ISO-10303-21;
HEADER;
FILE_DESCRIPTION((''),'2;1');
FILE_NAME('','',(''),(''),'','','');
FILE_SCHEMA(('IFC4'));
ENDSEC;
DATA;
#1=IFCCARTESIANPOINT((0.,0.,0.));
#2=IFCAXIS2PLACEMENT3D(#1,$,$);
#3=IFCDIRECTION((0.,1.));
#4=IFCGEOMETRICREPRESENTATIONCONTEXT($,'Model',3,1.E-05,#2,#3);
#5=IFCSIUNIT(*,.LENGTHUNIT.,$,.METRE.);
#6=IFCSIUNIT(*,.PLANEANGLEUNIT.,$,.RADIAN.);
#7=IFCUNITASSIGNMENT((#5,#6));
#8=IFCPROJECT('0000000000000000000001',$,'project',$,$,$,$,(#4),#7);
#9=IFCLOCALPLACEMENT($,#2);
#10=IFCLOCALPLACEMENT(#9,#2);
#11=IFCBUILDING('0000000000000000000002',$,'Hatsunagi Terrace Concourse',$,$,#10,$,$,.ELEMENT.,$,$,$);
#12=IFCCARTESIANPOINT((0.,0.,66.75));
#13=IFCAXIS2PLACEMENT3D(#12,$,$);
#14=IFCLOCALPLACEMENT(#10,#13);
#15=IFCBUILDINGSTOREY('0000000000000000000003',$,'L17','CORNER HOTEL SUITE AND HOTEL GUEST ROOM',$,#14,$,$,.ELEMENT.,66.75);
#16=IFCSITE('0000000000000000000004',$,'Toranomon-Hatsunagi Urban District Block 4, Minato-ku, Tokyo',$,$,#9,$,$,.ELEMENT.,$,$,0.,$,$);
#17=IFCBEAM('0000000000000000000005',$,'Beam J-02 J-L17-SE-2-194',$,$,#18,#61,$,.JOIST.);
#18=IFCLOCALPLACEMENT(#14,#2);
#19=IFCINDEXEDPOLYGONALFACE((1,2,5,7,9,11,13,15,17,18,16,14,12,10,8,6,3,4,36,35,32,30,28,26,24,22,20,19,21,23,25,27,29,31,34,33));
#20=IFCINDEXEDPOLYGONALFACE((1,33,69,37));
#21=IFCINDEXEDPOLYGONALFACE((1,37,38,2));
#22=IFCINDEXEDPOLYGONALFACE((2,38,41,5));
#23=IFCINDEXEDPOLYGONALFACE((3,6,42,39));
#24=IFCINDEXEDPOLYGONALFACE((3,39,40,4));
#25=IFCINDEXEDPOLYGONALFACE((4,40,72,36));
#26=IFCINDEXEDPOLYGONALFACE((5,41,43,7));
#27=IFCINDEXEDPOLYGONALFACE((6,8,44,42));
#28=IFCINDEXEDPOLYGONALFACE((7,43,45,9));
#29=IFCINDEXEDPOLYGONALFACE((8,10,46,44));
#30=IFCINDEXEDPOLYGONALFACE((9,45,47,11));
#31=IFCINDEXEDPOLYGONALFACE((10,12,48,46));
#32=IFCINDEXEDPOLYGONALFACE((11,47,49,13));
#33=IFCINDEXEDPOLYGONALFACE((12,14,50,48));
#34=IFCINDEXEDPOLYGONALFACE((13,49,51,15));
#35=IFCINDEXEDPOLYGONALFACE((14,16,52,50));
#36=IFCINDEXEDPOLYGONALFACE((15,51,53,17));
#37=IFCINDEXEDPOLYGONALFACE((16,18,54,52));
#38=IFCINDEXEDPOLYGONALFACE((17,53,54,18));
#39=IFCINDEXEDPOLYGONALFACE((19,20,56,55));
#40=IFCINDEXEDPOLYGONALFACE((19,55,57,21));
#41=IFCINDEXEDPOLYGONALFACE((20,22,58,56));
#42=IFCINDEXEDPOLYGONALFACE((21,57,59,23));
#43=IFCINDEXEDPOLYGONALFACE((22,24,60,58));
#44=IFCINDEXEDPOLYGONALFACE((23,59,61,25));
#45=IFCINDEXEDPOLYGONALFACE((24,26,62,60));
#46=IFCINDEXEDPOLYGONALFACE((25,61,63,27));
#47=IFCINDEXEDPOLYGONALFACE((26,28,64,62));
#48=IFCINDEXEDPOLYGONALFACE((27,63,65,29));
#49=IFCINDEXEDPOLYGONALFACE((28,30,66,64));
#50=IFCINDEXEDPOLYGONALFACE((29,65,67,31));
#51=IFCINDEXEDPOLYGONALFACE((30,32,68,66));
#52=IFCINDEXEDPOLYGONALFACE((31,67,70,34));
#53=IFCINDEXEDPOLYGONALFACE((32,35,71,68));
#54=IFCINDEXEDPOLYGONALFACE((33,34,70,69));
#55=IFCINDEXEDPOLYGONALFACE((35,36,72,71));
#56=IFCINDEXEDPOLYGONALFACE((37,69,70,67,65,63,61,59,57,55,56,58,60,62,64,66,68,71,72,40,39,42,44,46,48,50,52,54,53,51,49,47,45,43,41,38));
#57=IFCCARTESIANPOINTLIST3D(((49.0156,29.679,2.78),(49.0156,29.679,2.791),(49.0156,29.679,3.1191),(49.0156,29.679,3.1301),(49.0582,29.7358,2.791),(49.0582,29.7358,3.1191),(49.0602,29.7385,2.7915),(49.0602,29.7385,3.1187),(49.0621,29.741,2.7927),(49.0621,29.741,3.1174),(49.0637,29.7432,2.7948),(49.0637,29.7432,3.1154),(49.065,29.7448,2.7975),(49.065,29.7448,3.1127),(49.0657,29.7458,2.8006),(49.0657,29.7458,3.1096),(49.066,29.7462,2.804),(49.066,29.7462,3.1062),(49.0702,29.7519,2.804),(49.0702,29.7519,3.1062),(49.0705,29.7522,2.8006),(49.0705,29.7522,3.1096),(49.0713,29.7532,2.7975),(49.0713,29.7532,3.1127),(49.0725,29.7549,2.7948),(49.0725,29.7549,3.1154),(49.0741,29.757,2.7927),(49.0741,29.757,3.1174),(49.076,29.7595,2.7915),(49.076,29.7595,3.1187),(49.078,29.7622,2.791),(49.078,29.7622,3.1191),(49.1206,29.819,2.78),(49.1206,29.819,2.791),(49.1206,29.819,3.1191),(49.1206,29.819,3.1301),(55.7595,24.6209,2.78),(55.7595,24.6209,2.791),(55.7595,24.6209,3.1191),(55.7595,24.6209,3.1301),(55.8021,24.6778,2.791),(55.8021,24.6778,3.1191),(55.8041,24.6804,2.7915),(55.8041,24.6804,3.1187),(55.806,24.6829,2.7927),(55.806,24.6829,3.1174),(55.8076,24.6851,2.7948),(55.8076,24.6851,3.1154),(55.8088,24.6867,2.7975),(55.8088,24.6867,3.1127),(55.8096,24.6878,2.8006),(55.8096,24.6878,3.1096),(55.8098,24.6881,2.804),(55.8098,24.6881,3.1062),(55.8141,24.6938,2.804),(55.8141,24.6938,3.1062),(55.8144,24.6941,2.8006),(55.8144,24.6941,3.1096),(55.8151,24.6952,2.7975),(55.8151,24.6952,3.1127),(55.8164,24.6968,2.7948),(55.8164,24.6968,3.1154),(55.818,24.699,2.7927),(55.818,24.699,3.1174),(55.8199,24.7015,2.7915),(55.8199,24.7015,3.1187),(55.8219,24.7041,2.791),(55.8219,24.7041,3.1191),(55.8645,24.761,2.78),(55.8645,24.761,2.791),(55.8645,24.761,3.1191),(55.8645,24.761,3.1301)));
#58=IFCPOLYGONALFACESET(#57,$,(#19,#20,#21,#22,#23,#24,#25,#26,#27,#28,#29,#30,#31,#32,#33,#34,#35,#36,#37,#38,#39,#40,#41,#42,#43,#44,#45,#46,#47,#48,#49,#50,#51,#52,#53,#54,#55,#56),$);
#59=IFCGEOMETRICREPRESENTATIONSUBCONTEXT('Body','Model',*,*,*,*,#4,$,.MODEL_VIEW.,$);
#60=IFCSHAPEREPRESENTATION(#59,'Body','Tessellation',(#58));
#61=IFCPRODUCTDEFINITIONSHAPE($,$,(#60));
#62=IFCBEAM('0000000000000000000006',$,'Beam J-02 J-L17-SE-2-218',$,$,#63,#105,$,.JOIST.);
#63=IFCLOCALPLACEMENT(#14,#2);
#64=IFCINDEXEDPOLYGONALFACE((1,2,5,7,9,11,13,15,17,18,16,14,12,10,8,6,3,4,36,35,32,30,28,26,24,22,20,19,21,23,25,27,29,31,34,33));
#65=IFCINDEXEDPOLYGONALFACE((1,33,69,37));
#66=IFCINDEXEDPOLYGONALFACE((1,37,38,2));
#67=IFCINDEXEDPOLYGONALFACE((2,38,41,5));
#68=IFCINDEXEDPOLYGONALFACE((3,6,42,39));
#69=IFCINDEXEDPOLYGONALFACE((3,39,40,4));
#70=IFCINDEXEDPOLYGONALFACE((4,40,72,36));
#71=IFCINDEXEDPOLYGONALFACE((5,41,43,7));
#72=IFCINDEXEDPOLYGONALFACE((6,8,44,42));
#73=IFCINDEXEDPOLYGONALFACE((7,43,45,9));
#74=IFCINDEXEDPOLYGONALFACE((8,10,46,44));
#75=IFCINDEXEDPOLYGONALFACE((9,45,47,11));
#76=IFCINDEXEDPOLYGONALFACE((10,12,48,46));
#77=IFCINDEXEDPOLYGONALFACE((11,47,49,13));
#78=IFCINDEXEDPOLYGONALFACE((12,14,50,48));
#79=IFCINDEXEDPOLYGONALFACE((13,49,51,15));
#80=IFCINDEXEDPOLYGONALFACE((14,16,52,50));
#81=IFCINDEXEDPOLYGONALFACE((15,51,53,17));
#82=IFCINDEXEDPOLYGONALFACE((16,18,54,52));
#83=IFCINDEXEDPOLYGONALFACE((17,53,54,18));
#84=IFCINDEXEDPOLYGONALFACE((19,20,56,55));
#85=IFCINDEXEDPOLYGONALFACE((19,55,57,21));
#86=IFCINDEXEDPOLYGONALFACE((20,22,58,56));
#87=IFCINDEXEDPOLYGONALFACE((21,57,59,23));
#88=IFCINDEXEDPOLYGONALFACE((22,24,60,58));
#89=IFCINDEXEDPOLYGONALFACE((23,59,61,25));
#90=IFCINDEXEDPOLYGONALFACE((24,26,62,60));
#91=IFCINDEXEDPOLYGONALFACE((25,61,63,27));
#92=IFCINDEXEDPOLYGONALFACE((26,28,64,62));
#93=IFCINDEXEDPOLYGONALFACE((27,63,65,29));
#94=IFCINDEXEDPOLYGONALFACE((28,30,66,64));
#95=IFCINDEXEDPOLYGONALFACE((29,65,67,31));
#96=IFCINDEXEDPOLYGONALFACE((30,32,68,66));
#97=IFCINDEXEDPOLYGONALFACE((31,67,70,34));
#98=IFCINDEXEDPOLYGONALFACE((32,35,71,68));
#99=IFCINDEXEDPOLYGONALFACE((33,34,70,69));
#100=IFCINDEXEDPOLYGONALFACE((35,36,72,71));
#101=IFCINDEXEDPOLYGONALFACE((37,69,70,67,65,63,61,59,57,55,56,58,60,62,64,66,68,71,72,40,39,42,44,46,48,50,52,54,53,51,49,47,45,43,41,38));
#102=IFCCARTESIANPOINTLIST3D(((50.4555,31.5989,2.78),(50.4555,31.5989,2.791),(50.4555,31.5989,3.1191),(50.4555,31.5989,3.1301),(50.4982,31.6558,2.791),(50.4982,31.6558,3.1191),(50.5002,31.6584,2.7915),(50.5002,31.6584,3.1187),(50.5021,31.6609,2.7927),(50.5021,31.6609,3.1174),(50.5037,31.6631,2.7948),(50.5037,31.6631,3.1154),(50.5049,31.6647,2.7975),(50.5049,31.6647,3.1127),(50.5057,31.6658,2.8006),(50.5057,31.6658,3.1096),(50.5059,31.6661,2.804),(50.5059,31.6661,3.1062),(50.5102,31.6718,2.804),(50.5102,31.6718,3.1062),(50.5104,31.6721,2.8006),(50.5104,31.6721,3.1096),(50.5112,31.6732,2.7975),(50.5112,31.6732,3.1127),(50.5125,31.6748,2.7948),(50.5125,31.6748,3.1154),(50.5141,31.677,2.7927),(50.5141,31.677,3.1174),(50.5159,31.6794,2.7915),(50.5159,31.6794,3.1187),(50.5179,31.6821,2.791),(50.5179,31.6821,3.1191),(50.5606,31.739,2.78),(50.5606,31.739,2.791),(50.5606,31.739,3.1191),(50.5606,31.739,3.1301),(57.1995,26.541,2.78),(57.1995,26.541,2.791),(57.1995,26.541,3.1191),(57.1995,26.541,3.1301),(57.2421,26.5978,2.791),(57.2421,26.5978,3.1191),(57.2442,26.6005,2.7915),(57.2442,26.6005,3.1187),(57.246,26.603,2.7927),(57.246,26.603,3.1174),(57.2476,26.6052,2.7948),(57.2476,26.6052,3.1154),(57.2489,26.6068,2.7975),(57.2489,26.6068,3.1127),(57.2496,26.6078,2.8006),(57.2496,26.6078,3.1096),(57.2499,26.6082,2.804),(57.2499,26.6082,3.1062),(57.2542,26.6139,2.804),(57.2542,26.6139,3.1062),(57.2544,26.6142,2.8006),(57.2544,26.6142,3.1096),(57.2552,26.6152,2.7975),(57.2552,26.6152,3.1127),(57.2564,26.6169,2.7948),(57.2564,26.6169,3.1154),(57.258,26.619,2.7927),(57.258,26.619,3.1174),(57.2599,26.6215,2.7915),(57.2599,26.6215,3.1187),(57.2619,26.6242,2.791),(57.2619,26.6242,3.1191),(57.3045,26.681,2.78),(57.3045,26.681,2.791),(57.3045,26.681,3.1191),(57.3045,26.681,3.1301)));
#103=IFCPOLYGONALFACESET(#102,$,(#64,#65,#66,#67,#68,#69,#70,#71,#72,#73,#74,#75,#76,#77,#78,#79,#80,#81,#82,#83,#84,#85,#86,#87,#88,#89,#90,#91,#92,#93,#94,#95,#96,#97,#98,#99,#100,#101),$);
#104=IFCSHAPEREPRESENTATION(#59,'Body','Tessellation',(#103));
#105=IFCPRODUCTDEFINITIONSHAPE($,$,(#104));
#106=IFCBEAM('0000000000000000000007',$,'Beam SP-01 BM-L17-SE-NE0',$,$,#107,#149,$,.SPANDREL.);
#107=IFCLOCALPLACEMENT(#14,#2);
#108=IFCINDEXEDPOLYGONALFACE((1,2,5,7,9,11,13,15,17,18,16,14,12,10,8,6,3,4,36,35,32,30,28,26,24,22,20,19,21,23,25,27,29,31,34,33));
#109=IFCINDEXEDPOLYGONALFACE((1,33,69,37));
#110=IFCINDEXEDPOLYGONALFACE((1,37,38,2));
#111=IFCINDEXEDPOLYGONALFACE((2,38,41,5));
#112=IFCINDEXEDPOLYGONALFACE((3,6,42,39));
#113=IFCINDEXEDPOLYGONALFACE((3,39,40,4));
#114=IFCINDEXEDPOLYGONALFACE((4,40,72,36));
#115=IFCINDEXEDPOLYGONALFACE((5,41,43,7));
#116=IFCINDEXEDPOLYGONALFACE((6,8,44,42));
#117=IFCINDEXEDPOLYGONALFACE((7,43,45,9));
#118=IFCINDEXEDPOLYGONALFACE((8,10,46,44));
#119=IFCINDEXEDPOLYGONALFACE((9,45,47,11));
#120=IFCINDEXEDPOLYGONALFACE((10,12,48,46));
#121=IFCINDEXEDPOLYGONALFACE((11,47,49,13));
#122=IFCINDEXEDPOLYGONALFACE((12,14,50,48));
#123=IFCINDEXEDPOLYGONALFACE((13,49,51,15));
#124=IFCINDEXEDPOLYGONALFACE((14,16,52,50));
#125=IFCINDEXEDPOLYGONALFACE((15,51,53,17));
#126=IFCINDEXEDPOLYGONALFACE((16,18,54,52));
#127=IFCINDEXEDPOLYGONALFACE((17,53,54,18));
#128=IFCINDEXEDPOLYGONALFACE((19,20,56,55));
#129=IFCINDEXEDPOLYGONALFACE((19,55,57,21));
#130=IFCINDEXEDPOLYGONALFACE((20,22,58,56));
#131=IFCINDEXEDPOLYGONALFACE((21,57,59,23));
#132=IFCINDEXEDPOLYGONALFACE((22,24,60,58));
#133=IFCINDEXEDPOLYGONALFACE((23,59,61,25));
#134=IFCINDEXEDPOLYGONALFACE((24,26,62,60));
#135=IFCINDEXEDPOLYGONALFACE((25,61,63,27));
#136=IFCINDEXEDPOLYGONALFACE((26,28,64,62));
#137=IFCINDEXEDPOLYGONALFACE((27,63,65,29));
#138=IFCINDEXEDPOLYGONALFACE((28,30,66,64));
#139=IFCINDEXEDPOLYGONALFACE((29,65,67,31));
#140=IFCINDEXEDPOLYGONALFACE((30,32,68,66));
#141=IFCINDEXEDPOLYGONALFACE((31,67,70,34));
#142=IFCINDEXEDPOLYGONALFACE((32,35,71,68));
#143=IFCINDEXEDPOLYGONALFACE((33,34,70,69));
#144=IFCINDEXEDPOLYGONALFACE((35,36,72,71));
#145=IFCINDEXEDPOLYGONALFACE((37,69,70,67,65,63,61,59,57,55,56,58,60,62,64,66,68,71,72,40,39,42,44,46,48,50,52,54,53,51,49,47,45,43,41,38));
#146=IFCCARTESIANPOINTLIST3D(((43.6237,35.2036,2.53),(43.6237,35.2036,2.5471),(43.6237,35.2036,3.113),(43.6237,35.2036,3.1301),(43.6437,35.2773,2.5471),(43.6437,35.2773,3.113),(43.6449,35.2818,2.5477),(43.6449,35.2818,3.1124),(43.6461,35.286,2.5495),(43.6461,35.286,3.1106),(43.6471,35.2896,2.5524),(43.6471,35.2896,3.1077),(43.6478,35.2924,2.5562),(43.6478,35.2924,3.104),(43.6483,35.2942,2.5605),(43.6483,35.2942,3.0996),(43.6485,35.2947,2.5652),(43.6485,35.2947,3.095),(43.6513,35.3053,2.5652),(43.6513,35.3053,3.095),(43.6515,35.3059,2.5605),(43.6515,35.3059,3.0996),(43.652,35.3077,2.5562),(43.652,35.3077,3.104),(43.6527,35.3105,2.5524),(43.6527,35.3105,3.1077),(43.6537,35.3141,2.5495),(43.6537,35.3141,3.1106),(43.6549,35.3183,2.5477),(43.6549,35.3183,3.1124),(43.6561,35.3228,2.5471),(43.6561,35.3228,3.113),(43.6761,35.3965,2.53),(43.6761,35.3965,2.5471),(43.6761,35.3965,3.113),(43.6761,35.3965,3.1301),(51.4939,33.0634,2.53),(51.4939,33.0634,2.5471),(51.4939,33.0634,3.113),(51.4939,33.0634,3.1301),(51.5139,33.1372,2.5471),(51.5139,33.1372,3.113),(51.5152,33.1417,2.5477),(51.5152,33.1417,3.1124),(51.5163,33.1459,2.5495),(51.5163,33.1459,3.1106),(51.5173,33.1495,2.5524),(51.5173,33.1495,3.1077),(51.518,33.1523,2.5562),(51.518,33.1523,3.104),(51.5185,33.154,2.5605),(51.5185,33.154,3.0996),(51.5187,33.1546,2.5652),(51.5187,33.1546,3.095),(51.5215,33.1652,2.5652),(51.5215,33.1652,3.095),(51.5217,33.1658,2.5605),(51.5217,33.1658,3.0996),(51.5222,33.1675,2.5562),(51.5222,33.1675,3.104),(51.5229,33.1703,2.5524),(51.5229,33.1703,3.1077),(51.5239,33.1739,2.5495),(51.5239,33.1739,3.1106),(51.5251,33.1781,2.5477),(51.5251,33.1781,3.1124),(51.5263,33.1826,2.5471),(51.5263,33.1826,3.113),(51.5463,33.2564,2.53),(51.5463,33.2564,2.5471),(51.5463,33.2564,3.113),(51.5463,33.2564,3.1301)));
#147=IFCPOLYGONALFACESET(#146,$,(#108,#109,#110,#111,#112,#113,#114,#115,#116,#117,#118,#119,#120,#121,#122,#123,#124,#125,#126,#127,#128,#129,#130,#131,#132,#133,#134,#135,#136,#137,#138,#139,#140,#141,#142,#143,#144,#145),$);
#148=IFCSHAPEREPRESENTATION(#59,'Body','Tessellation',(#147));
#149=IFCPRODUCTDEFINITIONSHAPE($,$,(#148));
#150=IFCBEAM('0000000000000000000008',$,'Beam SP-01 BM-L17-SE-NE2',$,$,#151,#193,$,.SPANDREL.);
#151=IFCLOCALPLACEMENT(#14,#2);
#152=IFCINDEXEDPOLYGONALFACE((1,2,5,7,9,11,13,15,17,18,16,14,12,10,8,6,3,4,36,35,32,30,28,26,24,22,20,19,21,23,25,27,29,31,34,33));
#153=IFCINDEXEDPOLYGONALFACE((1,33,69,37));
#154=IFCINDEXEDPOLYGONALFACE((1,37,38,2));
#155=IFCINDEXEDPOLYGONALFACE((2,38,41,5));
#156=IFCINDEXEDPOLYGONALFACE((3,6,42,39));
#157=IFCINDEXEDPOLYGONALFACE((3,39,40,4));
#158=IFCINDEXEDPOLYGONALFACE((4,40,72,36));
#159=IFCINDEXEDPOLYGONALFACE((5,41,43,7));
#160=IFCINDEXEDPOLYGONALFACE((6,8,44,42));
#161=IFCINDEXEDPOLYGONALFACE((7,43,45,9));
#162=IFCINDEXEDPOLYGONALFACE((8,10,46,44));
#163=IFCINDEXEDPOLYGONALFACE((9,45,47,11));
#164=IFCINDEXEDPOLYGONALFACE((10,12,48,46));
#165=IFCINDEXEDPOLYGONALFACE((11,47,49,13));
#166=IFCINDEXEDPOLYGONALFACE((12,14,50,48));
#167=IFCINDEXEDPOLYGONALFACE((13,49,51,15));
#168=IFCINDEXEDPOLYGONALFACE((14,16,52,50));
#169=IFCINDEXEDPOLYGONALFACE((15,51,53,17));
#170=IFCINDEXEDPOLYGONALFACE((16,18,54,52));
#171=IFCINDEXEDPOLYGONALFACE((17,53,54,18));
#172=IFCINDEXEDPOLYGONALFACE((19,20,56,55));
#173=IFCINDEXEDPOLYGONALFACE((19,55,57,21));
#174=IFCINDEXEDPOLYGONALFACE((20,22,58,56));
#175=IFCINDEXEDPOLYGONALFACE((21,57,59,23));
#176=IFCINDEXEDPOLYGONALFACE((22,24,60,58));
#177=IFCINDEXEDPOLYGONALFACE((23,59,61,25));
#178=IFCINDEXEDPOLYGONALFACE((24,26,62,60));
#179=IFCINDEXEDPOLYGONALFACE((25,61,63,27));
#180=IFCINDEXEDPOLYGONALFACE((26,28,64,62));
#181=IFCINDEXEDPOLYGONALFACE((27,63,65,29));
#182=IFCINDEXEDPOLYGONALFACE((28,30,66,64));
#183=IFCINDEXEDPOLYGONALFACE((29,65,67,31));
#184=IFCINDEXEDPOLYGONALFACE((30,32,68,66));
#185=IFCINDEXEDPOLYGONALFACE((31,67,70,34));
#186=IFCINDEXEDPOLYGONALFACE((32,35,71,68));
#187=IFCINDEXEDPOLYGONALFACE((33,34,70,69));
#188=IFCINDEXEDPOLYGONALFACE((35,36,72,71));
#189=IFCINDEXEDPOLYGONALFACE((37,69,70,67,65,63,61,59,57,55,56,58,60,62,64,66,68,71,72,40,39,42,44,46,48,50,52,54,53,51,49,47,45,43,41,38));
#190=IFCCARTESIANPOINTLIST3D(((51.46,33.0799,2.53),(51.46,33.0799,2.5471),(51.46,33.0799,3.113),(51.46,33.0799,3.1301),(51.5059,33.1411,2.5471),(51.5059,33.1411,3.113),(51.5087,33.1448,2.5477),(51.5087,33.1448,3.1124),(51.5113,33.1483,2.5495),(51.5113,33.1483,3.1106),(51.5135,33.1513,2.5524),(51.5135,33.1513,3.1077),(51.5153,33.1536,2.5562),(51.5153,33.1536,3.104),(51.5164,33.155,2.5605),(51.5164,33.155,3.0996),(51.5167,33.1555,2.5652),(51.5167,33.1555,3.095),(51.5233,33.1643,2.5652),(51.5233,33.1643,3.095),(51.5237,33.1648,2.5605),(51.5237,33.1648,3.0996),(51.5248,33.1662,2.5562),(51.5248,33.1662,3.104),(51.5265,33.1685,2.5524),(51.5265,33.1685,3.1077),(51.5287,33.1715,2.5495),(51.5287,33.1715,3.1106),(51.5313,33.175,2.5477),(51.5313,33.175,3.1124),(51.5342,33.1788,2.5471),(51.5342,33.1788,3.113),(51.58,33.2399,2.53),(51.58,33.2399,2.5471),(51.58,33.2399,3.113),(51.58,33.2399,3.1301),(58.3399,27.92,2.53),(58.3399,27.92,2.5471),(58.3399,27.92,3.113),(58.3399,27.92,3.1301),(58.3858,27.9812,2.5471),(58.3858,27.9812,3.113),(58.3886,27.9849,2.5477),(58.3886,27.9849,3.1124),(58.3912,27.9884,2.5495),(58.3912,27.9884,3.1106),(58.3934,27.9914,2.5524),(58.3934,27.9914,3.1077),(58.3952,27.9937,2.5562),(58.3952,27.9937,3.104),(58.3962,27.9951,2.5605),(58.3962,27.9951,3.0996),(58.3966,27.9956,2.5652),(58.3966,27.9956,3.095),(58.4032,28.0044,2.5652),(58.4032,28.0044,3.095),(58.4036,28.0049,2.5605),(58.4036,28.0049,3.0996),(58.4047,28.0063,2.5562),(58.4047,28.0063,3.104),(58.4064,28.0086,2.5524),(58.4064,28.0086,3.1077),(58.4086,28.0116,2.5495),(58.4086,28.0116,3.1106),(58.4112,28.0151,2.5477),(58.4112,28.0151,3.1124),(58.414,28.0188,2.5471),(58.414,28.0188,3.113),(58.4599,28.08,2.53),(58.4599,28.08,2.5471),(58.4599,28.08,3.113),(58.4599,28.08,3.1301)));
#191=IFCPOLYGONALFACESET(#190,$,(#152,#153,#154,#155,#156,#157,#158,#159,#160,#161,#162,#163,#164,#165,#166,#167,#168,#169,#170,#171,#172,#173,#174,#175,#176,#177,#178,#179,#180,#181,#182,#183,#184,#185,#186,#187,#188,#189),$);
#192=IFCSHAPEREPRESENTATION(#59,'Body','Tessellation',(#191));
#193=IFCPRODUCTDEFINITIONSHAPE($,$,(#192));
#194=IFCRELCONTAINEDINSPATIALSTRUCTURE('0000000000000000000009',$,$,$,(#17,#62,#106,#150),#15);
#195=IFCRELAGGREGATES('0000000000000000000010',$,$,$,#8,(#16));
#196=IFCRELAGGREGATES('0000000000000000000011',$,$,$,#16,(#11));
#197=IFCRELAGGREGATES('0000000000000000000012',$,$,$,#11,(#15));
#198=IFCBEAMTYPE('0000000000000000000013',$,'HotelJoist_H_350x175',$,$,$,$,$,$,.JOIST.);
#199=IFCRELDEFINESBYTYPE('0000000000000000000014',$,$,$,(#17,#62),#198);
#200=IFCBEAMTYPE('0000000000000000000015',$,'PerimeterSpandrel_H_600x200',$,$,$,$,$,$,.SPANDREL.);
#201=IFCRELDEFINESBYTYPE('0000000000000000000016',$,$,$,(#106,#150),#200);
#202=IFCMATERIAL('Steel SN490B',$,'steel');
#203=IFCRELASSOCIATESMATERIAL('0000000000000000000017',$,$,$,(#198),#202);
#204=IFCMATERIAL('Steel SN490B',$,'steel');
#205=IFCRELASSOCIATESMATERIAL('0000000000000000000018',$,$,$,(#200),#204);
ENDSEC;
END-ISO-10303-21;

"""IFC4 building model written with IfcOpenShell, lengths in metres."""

from ifc_helpers import new_model, si_unit, direction, frame, origin, origin_2d, place, context, subcontext, project, spatial, i_section, extrude, material, material_profile, profile_set, type_object, element, save


model = new_model("IFC4")

# Units and contexts
model_context = context("Model", 3, precision=1e-05, world=origin(), true_north=direction((0.0, 1.0)))
body_context = subcontext(model_context, "Body", "Model", "MODEL_VIEW")
ifc_project = project(units=[si_unit("LENGTHUNIT", "METRE"), si_unit("PLANEANGLEUNIT", "RADIAN")], contexts=[model_context])

# Site, building, storey
site_placement = place(None, origin())
site = spatial("IfcSite", under=ifc_project, at=site_placement, Name="Toranomon-Hatsunagi Urban District Block 4, Minato-ku, Tokyo", CompositionType="ELEMENT", RefElevation=0.0)
building_placement = place(site_placement, origin())
building = spatial("IfcBuilding", under=site, at=building_placement, Name="Hatsunagi Terrace Concourse", CompositionType="ELEMENT")
storey_placement = place(building_placement, frame((0.0, 0.0, 66.75)))
storey = spatial("IfcBuildingStorey", under=building, at=storey_placement, Name="L17", Description="CORNER HOTEL SUITE AND HOTEL GUEST ROOM", CompositionType="ELEMENT", Elevation=66.75)

# Beams
ifc_material_1 = material(Name="Steel SN490B", Category="steel")
ifc_material_profile_1 = material_profile(ifc_material_1, i_section(OverallWidth=0.175, OverallDepth=0.3501, WebThickness=0.0071, FlangeThickness=0.011, FilletRadius=0.0129, at=origin_2d()), Name="H-350x175x7x11")
ifc_profile_set_1 = profile_set([ifc_material_profile_1], Name="Steel SN490B")
beam_type_1 = type_object("IfcBeamType", Name="HotelJoist_H_350x175", PredefinedType="JOIST", material=ifc_profile_set_1)
for number, where, z_axis, x_axis, name in (
    (1, (49.0681, 29.749, 2.9551), (0.79999, -0.600014, 0.0), (0.600014, 0.79999, 0.0), "Beam J-02 J-L17-SE-2-194"),
    (2, (50.5081, 31.6689, 2.9551), (0.800003, -0.599995, 0.0), (0.599995, 0.800003, 0.0), "Beam J-02 J-L17-SE-2-218"),
):
    element("IfcBeam", number, at=place(storey_placement, frame(where, z_axis=z_axis, x_axis=x_axis)), inside=storey, type_object=beam_type_1, Name=name, PredefinedType="JOIST", context=body_context, shape_type="SweptSolid", body=[
        extrude(i_section(OverallWidth=0.175, OverallDepth=0.3501, WebThickness=0.0071, FlangeThickness=0.011, FilletRadius=0.0129, at=origin_2d()), origin(), (0.0, 0.0, 1.0), 8.4299),
    ])
ifc_material_2 = material(Name="Steel SN490B", Category="steel")
ifc_material_profile_2 = material_profile(ifc_material_2, i_section(OverallWidth=0.2, OverallDepth=0.6001, WebThickness=0.011, FlangeThickness=0.0171, FilletRadius=0.0181, at=origin_2d()), Name="H-600x200x11x17")
ifc_profile_set_2 = profile_set([ifc_material_profile_2], Name="Steel SN490B")
beam_type_2 = type_object("IfcBeamType", Name="PerimeterSpandrel_H_600x200", PredefinedType="SPANDREL", material=ifc_profile_set_2)
beam_1_placement = place(storey_placement, frame((43.6499, 35.3, 2.8301), z_axis=(0.964958, -0.262403, 0.0), x_axis=(0.262403, 0.964958, 0.0)))
element("IfcBeam", 3, at=beam_1_placement, inside=storey, type_object=beam_type_2, Name="Beam SP-01 BM-L17-SE-NE0", PredefinedType="SPANDREL", context=body_context, shape_type="SweptSolid", body=[
    extrude(i_section(OverallWidth=0.2, OverallDepth=0.6001, WebThickness=0.011, FlangeThickness=0.0171, FilletRadius=0.0181, at=origin_2d()), origin(), (0.0, 0.0, 1.0), 8.156),
])
beam_2_placement = place(storey_placement, frame((51.52, 33.1599, 2.8301), z_axis=(0.8, -0.6, 0.0), x_axis=(0.6, 0.8, 0.0)))
element("IfcBeam", 4, at=beam_2_placement, inside=storey, type_object=beam_type_2, Name="Beam SP-01 BM-L17-SE-NE2", PredefinedType="SPANDREL", context=body_context, shape_type="SweptSolid", body=[
    extrude(i_section(OverallWidth=0.2, OverallDepth=0.6001, WebThickness=0.011, FlangeThickness=0.0171, FilletRadius=0.0181, at=origin_2d()), origin(), (0.0, 0.0, 1.0), 8.5999),
])

save(model, "model.ifc")
